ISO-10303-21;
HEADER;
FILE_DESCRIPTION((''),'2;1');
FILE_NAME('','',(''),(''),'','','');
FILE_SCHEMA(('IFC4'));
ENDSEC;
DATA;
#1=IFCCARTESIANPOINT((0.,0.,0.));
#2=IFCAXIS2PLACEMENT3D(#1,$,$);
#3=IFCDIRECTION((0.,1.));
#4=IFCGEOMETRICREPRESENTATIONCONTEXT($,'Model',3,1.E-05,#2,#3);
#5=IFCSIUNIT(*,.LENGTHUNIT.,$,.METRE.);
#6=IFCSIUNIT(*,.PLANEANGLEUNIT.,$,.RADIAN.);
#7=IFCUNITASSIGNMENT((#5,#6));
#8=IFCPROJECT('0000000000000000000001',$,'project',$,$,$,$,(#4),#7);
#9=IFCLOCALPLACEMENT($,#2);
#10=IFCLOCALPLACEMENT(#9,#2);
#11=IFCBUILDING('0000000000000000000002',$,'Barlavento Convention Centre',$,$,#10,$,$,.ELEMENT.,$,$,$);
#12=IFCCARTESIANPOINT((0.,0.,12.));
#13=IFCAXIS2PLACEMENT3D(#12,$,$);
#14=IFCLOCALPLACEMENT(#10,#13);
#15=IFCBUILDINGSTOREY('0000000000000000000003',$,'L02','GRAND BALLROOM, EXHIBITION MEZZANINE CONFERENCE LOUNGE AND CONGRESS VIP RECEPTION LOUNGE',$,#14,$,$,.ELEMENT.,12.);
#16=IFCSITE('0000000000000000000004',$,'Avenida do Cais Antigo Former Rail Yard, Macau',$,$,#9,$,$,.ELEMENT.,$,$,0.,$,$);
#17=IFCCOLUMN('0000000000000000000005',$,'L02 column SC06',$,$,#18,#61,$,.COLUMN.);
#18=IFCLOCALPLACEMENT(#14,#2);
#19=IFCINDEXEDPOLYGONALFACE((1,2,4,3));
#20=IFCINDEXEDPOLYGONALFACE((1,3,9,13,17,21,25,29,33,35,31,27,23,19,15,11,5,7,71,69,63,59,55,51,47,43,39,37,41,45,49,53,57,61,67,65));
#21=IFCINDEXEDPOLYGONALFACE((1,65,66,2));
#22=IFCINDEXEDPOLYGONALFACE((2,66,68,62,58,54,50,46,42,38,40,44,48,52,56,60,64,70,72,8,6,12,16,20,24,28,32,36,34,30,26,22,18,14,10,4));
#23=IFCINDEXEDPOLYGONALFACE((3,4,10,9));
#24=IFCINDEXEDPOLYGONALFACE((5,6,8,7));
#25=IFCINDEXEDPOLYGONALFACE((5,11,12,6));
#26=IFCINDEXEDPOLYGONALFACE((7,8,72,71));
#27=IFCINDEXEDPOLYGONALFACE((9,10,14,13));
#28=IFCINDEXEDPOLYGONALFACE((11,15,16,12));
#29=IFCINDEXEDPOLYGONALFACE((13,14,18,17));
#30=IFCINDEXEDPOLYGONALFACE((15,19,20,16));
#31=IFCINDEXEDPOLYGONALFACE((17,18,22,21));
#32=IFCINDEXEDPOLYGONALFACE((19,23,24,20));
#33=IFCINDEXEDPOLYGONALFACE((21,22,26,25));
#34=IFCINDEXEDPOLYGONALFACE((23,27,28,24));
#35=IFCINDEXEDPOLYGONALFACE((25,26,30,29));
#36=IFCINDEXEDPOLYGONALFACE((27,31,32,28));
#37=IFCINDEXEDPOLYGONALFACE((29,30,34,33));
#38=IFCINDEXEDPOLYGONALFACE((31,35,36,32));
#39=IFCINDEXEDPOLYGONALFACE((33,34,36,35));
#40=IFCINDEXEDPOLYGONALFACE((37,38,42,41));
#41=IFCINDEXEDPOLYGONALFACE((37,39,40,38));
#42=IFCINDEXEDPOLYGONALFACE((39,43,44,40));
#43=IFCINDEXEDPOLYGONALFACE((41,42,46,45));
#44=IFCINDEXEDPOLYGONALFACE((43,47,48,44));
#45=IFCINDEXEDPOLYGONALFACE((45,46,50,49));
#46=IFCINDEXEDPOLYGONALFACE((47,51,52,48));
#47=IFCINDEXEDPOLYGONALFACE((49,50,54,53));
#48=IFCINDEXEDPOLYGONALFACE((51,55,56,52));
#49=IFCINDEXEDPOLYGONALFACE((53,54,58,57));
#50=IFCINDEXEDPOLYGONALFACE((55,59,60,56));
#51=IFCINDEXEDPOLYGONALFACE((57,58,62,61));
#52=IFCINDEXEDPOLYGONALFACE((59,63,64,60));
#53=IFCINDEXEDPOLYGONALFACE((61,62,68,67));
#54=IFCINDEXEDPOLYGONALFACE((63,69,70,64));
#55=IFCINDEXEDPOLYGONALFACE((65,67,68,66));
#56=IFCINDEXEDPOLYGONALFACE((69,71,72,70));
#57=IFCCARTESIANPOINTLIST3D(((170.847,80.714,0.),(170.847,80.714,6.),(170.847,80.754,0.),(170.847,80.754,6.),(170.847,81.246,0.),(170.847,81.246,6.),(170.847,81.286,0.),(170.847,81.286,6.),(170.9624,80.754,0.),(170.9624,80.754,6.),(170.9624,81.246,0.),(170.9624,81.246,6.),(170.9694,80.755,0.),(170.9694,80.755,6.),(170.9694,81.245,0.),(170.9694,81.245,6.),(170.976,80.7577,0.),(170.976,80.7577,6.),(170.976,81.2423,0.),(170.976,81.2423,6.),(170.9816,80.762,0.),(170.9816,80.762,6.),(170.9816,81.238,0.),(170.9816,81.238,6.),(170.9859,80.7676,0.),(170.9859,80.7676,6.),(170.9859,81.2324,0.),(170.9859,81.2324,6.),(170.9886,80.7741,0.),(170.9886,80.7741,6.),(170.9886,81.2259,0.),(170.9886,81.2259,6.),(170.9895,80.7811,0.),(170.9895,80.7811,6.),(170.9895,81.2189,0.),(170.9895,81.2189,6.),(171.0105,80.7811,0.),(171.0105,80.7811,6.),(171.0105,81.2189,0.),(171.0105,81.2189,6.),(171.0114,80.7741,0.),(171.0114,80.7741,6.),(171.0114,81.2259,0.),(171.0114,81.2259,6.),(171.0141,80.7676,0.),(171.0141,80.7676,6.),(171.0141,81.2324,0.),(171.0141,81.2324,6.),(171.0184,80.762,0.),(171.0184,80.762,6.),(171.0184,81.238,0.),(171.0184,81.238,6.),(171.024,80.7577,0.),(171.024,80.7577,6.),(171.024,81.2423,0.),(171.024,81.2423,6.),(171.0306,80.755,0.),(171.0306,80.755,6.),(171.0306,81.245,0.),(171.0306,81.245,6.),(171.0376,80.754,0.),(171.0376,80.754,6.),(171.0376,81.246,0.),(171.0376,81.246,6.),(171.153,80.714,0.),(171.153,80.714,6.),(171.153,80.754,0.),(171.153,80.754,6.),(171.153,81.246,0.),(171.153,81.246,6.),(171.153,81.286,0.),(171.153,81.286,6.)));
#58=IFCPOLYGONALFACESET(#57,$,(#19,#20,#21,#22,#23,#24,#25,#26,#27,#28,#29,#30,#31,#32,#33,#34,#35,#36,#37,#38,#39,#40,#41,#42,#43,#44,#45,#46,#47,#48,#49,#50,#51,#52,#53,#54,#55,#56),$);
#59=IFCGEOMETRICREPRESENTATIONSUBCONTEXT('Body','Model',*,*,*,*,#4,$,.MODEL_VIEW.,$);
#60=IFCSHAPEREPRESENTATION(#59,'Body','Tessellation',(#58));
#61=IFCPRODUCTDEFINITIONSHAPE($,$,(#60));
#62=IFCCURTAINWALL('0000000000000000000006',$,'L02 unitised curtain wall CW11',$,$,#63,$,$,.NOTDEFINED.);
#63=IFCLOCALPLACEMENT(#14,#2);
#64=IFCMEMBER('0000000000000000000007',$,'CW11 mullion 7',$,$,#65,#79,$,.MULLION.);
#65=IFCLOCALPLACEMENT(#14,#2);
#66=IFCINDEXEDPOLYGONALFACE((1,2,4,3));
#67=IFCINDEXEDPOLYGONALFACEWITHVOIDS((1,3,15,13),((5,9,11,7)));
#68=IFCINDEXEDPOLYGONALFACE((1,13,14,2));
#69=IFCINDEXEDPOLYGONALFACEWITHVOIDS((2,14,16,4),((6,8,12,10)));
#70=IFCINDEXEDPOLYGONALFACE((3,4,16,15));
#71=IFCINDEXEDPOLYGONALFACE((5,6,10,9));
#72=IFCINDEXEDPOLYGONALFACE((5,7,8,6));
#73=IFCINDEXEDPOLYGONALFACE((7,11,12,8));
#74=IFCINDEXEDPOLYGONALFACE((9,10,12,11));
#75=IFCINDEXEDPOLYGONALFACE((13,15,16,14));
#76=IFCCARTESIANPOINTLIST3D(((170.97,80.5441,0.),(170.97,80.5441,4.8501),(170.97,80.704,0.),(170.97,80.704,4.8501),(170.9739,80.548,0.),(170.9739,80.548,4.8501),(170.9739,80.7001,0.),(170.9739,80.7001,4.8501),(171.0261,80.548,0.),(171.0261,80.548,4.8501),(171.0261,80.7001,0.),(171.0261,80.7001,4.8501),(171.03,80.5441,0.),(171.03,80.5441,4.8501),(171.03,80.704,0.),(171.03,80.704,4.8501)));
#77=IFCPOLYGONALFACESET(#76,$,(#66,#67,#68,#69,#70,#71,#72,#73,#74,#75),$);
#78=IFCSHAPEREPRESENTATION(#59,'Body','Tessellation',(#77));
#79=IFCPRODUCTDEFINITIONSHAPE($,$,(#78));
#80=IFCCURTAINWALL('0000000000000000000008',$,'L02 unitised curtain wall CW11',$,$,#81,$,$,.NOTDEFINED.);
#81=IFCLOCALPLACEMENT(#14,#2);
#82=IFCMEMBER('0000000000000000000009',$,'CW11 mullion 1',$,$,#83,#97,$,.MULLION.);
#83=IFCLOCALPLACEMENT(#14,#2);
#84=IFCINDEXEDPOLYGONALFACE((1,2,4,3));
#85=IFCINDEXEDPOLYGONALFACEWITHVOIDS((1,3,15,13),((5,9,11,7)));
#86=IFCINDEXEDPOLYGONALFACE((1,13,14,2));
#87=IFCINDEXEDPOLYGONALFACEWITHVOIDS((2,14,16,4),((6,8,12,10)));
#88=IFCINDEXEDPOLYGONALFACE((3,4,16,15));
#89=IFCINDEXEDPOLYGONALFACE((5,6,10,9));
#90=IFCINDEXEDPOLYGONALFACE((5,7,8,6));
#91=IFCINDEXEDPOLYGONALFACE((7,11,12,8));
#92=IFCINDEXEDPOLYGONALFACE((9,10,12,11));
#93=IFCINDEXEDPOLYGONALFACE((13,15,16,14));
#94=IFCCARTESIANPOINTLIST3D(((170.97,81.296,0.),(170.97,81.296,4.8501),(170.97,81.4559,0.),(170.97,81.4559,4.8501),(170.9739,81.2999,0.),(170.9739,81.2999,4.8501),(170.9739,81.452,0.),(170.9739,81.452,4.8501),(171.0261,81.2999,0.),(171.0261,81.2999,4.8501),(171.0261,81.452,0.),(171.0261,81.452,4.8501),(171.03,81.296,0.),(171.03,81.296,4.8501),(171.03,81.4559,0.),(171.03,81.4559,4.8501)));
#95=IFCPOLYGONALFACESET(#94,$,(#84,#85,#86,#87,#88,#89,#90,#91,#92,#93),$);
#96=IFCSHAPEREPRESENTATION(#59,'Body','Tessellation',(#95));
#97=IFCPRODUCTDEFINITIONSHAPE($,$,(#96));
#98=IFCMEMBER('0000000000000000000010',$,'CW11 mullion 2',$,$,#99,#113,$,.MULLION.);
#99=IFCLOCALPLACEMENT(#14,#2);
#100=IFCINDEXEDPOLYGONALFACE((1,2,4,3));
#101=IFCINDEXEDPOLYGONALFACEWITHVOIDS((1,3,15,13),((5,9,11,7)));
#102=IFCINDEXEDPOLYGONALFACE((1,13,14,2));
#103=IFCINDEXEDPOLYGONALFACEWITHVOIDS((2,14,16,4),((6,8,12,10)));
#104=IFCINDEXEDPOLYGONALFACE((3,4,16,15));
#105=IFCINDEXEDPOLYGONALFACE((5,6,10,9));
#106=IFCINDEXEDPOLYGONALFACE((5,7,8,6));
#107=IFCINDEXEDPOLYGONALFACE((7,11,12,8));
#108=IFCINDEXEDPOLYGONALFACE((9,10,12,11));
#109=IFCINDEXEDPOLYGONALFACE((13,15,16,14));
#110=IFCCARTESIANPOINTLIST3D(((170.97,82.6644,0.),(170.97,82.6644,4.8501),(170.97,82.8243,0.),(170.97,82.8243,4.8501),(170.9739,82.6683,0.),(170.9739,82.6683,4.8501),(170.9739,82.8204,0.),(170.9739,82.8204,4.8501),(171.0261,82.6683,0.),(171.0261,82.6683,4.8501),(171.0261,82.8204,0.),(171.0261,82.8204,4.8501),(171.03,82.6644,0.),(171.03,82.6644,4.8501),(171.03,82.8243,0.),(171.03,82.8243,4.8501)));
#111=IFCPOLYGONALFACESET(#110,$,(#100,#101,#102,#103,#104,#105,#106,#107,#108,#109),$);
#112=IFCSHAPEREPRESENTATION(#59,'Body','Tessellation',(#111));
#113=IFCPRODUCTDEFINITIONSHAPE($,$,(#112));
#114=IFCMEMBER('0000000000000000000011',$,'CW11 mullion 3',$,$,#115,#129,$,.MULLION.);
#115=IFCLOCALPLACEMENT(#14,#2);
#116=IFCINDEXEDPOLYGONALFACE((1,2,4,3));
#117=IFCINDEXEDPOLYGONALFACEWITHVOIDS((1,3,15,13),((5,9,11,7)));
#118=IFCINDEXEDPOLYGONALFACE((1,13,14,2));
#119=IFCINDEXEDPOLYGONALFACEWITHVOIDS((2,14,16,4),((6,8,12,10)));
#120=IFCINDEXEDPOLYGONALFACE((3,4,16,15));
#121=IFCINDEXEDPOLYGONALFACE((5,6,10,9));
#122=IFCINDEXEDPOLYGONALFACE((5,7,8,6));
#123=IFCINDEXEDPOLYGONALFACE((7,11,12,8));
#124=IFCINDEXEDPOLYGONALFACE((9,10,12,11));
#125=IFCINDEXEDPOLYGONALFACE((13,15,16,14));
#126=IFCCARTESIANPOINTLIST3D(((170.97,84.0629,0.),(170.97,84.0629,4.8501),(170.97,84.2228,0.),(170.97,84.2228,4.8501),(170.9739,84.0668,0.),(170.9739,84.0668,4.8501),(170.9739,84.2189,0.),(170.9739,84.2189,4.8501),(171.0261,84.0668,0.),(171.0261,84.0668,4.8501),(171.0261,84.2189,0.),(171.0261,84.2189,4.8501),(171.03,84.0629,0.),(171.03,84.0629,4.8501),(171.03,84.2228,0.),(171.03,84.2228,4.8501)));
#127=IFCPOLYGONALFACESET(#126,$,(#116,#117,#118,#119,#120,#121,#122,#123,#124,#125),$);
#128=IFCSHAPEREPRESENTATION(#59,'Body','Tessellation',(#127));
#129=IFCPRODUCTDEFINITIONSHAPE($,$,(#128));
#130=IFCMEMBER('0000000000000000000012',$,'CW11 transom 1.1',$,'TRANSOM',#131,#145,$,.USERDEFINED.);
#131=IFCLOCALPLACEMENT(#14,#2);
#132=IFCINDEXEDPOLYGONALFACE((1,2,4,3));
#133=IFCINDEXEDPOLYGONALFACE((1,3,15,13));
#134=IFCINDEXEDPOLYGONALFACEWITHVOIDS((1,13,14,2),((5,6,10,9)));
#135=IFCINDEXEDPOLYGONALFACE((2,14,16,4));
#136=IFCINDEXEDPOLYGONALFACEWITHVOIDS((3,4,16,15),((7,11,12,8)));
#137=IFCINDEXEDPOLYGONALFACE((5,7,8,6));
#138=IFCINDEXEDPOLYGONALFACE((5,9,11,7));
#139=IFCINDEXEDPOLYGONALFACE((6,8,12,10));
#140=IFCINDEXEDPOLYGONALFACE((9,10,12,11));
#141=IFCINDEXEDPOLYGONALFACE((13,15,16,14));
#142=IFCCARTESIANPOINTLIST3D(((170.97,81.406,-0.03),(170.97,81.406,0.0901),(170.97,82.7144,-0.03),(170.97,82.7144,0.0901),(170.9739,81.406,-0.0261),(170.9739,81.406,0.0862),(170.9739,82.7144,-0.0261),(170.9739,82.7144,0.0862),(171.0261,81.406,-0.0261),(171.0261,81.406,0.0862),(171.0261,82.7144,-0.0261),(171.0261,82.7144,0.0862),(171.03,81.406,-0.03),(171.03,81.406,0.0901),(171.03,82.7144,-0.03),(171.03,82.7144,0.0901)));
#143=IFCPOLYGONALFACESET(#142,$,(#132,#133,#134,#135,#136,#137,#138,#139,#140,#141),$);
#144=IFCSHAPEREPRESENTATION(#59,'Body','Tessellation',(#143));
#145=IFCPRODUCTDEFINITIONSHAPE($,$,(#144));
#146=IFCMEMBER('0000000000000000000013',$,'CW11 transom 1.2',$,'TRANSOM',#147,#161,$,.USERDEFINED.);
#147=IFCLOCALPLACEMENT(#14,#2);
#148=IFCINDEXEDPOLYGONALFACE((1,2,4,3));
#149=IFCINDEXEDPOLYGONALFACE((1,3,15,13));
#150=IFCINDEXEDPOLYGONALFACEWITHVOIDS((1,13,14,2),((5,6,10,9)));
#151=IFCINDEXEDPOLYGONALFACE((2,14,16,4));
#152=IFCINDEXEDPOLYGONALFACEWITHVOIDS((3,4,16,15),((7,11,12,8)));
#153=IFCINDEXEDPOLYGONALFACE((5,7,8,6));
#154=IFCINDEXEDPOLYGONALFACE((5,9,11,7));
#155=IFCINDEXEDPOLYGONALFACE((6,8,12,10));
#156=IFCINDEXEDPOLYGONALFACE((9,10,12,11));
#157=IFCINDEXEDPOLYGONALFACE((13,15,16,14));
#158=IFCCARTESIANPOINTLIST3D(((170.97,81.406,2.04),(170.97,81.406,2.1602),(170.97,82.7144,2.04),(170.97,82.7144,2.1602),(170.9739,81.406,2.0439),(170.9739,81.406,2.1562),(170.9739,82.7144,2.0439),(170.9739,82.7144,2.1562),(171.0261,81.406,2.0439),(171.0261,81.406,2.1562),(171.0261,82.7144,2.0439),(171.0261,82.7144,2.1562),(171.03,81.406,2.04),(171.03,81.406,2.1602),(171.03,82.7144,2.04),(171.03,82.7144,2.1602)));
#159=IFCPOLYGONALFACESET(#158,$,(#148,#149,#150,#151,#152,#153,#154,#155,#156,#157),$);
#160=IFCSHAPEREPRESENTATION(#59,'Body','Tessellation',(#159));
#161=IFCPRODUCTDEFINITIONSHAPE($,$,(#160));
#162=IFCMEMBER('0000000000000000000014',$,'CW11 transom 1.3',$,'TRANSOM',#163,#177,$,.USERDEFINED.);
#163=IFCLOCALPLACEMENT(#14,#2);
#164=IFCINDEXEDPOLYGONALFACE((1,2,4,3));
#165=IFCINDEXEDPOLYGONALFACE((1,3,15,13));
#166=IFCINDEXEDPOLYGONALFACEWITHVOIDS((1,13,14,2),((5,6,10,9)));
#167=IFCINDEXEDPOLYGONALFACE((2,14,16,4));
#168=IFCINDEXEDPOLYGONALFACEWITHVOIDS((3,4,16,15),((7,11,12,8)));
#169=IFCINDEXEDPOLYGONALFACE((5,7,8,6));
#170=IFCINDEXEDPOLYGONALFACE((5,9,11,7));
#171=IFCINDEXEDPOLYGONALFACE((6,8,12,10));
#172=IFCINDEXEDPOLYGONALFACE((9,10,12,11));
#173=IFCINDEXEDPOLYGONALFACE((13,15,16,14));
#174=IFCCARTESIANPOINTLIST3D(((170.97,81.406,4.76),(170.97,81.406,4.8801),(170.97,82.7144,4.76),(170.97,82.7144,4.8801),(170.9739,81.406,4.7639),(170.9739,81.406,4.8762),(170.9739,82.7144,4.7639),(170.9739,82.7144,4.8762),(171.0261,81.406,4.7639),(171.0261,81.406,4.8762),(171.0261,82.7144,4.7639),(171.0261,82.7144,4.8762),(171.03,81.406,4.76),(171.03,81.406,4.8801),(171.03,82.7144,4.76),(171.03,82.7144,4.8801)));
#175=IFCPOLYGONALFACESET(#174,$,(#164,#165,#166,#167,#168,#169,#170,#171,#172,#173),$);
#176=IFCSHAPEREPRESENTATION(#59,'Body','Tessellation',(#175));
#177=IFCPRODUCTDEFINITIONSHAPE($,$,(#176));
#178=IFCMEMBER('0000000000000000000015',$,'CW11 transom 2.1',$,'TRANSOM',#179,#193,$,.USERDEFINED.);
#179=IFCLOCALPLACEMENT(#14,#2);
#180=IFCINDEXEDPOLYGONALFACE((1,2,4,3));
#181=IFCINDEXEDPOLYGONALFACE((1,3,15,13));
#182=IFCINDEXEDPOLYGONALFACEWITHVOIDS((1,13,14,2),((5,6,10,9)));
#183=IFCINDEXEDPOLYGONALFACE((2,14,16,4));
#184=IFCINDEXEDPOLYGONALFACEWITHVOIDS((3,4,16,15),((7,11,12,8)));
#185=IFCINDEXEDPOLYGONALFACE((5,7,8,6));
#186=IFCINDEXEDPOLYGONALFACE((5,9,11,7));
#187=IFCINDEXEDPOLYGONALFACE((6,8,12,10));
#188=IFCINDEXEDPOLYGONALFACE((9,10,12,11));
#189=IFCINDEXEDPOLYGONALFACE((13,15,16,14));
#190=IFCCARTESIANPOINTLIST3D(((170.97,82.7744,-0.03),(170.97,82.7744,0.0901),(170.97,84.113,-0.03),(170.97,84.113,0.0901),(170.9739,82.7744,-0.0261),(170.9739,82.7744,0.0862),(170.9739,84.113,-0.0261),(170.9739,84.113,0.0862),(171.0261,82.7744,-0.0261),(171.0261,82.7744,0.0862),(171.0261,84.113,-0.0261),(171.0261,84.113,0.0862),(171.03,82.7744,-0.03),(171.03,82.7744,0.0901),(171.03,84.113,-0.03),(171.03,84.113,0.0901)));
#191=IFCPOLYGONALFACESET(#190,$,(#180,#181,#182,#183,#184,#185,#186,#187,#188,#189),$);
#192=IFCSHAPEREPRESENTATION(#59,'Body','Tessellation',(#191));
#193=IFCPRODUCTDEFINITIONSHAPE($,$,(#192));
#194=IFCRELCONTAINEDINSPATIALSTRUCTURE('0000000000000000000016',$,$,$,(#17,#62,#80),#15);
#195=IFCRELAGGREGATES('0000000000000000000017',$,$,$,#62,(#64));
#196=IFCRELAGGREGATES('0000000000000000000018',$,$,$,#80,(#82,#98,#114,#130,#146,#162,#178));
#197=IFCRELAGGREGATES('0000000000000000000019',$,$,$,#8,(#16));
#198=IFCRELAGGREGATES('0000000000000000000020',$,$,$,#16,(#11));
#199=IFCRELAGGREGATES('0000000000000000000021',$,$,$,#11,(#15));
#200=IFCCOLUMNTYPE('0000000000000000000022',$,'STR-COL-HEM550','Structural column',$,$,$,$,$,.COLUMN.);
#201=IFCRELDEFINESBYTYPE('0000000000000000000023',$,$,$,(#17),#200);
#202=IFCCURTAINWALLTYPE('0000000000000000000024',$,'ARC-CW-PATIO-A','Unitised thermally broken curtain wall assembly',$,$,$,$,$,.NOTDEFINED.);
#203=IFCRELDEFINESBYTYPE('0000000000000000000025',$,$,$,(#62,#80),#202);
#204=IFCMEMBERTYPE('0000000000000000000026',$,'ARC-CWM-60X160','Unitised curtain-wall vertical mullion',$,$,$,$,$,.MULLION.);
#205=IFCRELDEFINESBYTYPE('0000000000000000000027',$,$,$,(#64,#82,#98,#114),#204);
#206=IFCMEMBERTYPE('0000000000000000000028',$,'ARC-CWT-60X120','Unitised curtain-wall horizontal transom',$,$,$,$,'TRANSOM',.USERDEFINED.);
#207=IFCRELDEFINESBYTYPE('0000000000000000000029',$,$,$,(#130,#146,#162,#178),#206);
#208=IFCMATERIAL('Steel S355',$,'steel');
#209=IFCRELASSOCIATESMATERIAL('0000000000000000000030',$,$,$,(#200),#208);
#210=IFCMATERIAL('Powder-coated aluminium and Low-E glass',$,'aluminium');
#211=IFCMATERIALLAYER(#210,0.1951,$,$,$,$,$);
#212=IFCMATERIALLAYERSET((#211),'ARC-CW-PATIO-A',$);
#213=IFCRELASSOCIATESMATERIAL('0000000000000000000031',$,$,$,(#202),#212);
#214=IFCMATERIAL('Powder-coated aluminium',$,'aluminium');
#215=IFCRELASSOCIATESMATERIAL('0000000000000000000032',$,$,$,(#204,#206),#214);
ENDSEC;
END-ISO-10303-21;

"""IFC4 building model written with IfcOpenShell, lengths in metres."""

from ifc_helpers import new_model, si_unit, direction, frame, origin, origin_2d, place, context, subcontext, project, spatial, hollow_rectangle, i_section, extrude, material, layer, layer_set, material_profile, profile_set, type_object, element, aggregate, save


model = new_model("IFC4")

# Units and contexts
model_context = context("Model", 3, precision=1e-05, world=origin(), true_north=direction((0.0, 1.0)))
body_context = subcontext(model_context, "Body", "Model", "MODEL_VIEW")
ifc_project = project(units=[si_unit("LENGTHUNIT", "METRE"), si_unit("PLANEANGLEUNIT", "RADIAN")], contexts=[model_context])

# Site, building, storey
site_placement = place(None, origin())
site = spatial("IfcSite", under=ifc_project, at=site_placement, Name="Avenida do Cais Antigo Former Rail Yard, Macau", CompositionType="ELEMENT", RefElevation=0.0)
building_placement = place(site_placement, origin())
building = spatial("IfcBuilding", under=site, at=building_placement, Name="Barlavento Convention Centre", CompositionType="ELEMENT")
storey_placement = place(building_placement, frame((0.0, 0.0, 12.0)))
storey = spatial("IfcBuildingStorey", under=building, at=storey_placement, Name="L02", Description="GRAND BALLROOM, EXHIBITION MEZZANINE CONFERENCE LOUNGE AND CONGRESS VIP RECEPTION LOUNGE", CompositionType="ELEMENT", Elevation=12.0)

# Column
ifc_material_1 = material(Name="Steel S355", Category="steel")
ifc_material_profile_1 = material_profile(ifc_material_1, i_section(OverallWidth=0.3059, OverallDepth=0.572, WebThickness=0.021, FlangeThickness=0.04, FilletRadius=0.0271, at=origin_2d()), Name="HEM 550")
ifc_profile_set_1 = profile_set([ifc_material_profile_1], Name="Steel S355")
column_type = type_object("IfcColumnType", Name="STR-COL-HEM550", Description="Structural column", PredefinedType="COLUMN", material=ifc_profile_set_1)
column_placement = place(storey_placement, frame((171.0, 81.0, 0.0), z_axis=(0.0, 0.0, 1.0), x_axis=(1.0, 0.0, 0.0)))
element("IfcColumn", 1, at=column_placement, inside=storey, type_object=column_type, Name="L02 column SC06", PredefinedType="COLUMN", context=body_context, shape_type="SweptSolid", body=[
    extrude(i_section(OverallWidth=0.3059, OverallDepth=0.572, WebThickness=0.021, FlangeThickness=0.04, FilletRadius=0.0271, at=origin_2d()), origin(), (0.0, 0.0, 1.0), 6.0),
])

# Curtain wall, member
ifc_material_2 = material(Name="Powder-coated aluminium and Low-E glass", Category="aluminium")
ifc_layer_1 = layer(ifc_material_2, 0.1951)
ifc_layer_set_1 = layer_set([ifc_layer_1], Name="ARC-CW-PATIO-A")
curtain_wall_type = type_object("IfcCurtainWallType", Name="ARC-CW-PATIO-A", Description="Unitised thermally broken curtain wall assembly", PredefinedType="NOTDEFINED", material=ifc_layer_set_1)
curtain_wall_1_placement = place(storey_placement, origin())
curtain_wall_1 = element("IfcCurtainWall", 2, at=curtain_wall_1_placement, inside=storey, type_object=curtain_wall_type, Name="L02 unitised curtain wall CW11", PredefinedType="NOTDEFINED")
ifc_material_3 = material(Name="Powder-coated aluminium", Category="aluminium")
ifc_material_profile_2 = material_profile(ifc_material_3, hollow_rectangle(XDim=0.0601, YDim=0.1599, WallThickness=0.0039, at=origin_2d()), Name="AL-MULL 60x160x4")
ifc_profile_set_2 = profile_set([ifc_material_profile_2], Name="Powder-coated aluminium")
member_type_1 = type_object("IfcMemberType", Name="ARC-CWM-60X160", Description="Unitised curtain-wall vertical mullion", PredefinedType="MULLION", material=ifc_profile_set_2)
member_1_placement = place(storey_placement, frame((171.0, 80.624, 0.0), z_axis=(0.0, 0.0, 1.0), x_axis=(-1.0, 0.0, 0.0)))
member_1 = element("IfcMember", 3, at=member_1_placement, type_object=member_type_1, Name="CW11 mullion 7", PredefinedType="MULLION", context=body_context, shape_type="SweptSolid", body=[
    extrude(hollow_rectangle(XDim=0.0601, YDim=0.1599, WallThickness=0.0039, at=origin_2d()), origin(), (0.0, 0.0, 1.0), 4.8501),
])
aggregate(curtain_wall_1, [member_1])

# Curtain wall, members
curtain_wall_2_placement = place(storey_placement, origin())
curtain_wall_2 = element("IfcCurtainWall", 4, at=curtain_wall_2_placement, inside=storey, type_object=curtain_wall_type, Name="L02 unitised curtain wall CW11", PredefinedType="NOTDEFINED")
member_2_placement = place(storey_placement, frame((171.0, 81.376, 0.0), z_axis=(0.0, 0.0, 1.0), x_axis=(-1.0, 0.0, 0.0)))
member_2 = element("IfcMember", 5, at=member_2_placement, type_object=member_type_1, Name="CW11 mullion 1", PredefinedType="MULLION", context=body_context, shape_type="SweptSolid", body=[
    extrude(hollow_rectangle(XDim=0.0601, YDim=0.1599, WallThickness=0.0039, at=origin_2d()), origin(), (0.0, 0.0, 1.0), 4.8501),
])
member_3_placement = place(storey_placement, frame((171.0, 82.7444, 0.0), z_axis=(0.0, 0.0, 1.0), x_axis=(-1.0, 0.0, 0.0)))
member_3 = element("IfcMember", 6, at=member_3_placement, type_object=member_type_1, Name="CW11 mullion 2", PredefinedType="MULLION", context=body_context, shape_type="SweptSolid", body=[
    extrude(hollow_rectangle(XDim=0.0601, YDim=0.1599, WallThickness=0.0039, at=origin_2d()), origin(), (0.0, 0.0, 1.0), 4.8501),
])
member_4_placement = place(storey_placement, frame((171.0, 84.1428, 0.0), z_axis=(0.0, 0.0, 1.0), x_axis=(-1.0, 0.0, 0.0)))
member_4 = element("IfcMember", 7, at=member_4_placement, type_object=member_type_1, Name="CW11 mullion 3", PredefinedType="MULLION", context=body_context, shape_type="SweptSolid", body=[
    extrude(hollow_rectangle(XDim=0.0601, YDim=0.1599, WallThickness=0.0039, at=origin_2d()), origin(), (0.0, 0.0, 1.0), 4.8501),
])
ifc_material_profile_3 = material_profile(ifc_material_3, hollow_rectangle(XDim=0.0601, YDim=0.1201, WallThickness=0.0039, at=origin_2d()), Name="AL-TRAN 60x120x4")
ifc_profile_set_3 = profile_set([ifc_material_profile_3], Name="Powder-coated aluminium")
member_type_2 = type_object("IfcMemberType", Name="ARC-CWT-60X120", Description="Unitised curtain-wall horizontal transom", ElementType="TRANSOM", PredefinedType="USERDEFINED", material=ifc_profile_set_3)
member_5_placement = place(storey_placement, frame((171.0, 81.406, 0.03), z_axis=(0.0, 1.0, 0.0), x_axis=(-1.0, 0.0, 0.0)))
member_5 = element("IfcMember", 8, at=member_5_placement, type_object=member_type_2, Name="CW11 transom 1.1", ObjectType="TRANSOM", PredefinedType="USERDEFINED", context=body_context, shape_type="SweptSolid", body=[
    extrude(hollow_rectangle(XDim=0.0601, YDim=0.1201, WallThickness=0.0039, at=origin_2d()), origin(), (0.0, 0.0, 1.0), 1.3083),
])
member_6_placement = place(storey_placement, frame((171.0, 81.406, 2.1001), z_axis=(0.0, 1.0, 0.0), x_axis=(-1.0, 0.0, 0.0)))
member_6 = element("IfcMember", 9, at=member_6_placement, type_object=member_type_2, Name="CW11 transom 1.2", ObjectType="TRANSOM", PredefinedType="USERDEFINED", context=body_context, shape_type="SweptSolid", body=[
    extrude(hollow_rectangle(XDim=0.0601, YDim=0.1201, WallThickness=0.0039, at=origin_2d()), origin(), (0.0, 0.0, 1.0), 1.3083),
])
member_7_placement = place(storey_placement, frame((171.0, 81.406, 4.8201), z_axis=(0.0, 1.0, 0.0), x_axis=(-1.0, 0.0, 0.0)))
member_7 = element("IfcMember", 10, at=member_7_placement, type_object=member_type_2, Name="CW11 transom 1.3", ObjectType="TRANSOM", PredefinedType="USERDEFINED", context=body_context, shape_type="SweptSolid", body=[
    extrude(hollow_rectangle(XDim=0.0601, YDim=0.1201, WallThickness=0.0039, at=origin_2d()), origin(), (0.0, 0.0, 1.0), 1.3083),
])
member_8_placement = place(storey_placement, frame((171.0, 82.7744, 0.03), z_axis=(0.0, 1.0, 0.0), x_axis=(-1.0, 0.0, 0.0)))
member_8 = element("IfcMember", 11, at=member_8_placement, type_object=member_type_2, Name="CW11 transom 2.1", ObjectType="TRANSOM", PredefinedType="USERDEFINED", context=body_context, shape_type="SweptSolid", body=[
    extrude(hollow_rectangle(XDim=0.0601, YDim=0.1201, WallThickness=0.0039, at=origin_2d()), origin(), (0.0, 0.0, 1.0), 1.3386),
])

aggregate(curtain_wall_2, [member_2, member_3, member_4, member_5, member_6, member_7, member_8])

save(model, "model.ifc")
